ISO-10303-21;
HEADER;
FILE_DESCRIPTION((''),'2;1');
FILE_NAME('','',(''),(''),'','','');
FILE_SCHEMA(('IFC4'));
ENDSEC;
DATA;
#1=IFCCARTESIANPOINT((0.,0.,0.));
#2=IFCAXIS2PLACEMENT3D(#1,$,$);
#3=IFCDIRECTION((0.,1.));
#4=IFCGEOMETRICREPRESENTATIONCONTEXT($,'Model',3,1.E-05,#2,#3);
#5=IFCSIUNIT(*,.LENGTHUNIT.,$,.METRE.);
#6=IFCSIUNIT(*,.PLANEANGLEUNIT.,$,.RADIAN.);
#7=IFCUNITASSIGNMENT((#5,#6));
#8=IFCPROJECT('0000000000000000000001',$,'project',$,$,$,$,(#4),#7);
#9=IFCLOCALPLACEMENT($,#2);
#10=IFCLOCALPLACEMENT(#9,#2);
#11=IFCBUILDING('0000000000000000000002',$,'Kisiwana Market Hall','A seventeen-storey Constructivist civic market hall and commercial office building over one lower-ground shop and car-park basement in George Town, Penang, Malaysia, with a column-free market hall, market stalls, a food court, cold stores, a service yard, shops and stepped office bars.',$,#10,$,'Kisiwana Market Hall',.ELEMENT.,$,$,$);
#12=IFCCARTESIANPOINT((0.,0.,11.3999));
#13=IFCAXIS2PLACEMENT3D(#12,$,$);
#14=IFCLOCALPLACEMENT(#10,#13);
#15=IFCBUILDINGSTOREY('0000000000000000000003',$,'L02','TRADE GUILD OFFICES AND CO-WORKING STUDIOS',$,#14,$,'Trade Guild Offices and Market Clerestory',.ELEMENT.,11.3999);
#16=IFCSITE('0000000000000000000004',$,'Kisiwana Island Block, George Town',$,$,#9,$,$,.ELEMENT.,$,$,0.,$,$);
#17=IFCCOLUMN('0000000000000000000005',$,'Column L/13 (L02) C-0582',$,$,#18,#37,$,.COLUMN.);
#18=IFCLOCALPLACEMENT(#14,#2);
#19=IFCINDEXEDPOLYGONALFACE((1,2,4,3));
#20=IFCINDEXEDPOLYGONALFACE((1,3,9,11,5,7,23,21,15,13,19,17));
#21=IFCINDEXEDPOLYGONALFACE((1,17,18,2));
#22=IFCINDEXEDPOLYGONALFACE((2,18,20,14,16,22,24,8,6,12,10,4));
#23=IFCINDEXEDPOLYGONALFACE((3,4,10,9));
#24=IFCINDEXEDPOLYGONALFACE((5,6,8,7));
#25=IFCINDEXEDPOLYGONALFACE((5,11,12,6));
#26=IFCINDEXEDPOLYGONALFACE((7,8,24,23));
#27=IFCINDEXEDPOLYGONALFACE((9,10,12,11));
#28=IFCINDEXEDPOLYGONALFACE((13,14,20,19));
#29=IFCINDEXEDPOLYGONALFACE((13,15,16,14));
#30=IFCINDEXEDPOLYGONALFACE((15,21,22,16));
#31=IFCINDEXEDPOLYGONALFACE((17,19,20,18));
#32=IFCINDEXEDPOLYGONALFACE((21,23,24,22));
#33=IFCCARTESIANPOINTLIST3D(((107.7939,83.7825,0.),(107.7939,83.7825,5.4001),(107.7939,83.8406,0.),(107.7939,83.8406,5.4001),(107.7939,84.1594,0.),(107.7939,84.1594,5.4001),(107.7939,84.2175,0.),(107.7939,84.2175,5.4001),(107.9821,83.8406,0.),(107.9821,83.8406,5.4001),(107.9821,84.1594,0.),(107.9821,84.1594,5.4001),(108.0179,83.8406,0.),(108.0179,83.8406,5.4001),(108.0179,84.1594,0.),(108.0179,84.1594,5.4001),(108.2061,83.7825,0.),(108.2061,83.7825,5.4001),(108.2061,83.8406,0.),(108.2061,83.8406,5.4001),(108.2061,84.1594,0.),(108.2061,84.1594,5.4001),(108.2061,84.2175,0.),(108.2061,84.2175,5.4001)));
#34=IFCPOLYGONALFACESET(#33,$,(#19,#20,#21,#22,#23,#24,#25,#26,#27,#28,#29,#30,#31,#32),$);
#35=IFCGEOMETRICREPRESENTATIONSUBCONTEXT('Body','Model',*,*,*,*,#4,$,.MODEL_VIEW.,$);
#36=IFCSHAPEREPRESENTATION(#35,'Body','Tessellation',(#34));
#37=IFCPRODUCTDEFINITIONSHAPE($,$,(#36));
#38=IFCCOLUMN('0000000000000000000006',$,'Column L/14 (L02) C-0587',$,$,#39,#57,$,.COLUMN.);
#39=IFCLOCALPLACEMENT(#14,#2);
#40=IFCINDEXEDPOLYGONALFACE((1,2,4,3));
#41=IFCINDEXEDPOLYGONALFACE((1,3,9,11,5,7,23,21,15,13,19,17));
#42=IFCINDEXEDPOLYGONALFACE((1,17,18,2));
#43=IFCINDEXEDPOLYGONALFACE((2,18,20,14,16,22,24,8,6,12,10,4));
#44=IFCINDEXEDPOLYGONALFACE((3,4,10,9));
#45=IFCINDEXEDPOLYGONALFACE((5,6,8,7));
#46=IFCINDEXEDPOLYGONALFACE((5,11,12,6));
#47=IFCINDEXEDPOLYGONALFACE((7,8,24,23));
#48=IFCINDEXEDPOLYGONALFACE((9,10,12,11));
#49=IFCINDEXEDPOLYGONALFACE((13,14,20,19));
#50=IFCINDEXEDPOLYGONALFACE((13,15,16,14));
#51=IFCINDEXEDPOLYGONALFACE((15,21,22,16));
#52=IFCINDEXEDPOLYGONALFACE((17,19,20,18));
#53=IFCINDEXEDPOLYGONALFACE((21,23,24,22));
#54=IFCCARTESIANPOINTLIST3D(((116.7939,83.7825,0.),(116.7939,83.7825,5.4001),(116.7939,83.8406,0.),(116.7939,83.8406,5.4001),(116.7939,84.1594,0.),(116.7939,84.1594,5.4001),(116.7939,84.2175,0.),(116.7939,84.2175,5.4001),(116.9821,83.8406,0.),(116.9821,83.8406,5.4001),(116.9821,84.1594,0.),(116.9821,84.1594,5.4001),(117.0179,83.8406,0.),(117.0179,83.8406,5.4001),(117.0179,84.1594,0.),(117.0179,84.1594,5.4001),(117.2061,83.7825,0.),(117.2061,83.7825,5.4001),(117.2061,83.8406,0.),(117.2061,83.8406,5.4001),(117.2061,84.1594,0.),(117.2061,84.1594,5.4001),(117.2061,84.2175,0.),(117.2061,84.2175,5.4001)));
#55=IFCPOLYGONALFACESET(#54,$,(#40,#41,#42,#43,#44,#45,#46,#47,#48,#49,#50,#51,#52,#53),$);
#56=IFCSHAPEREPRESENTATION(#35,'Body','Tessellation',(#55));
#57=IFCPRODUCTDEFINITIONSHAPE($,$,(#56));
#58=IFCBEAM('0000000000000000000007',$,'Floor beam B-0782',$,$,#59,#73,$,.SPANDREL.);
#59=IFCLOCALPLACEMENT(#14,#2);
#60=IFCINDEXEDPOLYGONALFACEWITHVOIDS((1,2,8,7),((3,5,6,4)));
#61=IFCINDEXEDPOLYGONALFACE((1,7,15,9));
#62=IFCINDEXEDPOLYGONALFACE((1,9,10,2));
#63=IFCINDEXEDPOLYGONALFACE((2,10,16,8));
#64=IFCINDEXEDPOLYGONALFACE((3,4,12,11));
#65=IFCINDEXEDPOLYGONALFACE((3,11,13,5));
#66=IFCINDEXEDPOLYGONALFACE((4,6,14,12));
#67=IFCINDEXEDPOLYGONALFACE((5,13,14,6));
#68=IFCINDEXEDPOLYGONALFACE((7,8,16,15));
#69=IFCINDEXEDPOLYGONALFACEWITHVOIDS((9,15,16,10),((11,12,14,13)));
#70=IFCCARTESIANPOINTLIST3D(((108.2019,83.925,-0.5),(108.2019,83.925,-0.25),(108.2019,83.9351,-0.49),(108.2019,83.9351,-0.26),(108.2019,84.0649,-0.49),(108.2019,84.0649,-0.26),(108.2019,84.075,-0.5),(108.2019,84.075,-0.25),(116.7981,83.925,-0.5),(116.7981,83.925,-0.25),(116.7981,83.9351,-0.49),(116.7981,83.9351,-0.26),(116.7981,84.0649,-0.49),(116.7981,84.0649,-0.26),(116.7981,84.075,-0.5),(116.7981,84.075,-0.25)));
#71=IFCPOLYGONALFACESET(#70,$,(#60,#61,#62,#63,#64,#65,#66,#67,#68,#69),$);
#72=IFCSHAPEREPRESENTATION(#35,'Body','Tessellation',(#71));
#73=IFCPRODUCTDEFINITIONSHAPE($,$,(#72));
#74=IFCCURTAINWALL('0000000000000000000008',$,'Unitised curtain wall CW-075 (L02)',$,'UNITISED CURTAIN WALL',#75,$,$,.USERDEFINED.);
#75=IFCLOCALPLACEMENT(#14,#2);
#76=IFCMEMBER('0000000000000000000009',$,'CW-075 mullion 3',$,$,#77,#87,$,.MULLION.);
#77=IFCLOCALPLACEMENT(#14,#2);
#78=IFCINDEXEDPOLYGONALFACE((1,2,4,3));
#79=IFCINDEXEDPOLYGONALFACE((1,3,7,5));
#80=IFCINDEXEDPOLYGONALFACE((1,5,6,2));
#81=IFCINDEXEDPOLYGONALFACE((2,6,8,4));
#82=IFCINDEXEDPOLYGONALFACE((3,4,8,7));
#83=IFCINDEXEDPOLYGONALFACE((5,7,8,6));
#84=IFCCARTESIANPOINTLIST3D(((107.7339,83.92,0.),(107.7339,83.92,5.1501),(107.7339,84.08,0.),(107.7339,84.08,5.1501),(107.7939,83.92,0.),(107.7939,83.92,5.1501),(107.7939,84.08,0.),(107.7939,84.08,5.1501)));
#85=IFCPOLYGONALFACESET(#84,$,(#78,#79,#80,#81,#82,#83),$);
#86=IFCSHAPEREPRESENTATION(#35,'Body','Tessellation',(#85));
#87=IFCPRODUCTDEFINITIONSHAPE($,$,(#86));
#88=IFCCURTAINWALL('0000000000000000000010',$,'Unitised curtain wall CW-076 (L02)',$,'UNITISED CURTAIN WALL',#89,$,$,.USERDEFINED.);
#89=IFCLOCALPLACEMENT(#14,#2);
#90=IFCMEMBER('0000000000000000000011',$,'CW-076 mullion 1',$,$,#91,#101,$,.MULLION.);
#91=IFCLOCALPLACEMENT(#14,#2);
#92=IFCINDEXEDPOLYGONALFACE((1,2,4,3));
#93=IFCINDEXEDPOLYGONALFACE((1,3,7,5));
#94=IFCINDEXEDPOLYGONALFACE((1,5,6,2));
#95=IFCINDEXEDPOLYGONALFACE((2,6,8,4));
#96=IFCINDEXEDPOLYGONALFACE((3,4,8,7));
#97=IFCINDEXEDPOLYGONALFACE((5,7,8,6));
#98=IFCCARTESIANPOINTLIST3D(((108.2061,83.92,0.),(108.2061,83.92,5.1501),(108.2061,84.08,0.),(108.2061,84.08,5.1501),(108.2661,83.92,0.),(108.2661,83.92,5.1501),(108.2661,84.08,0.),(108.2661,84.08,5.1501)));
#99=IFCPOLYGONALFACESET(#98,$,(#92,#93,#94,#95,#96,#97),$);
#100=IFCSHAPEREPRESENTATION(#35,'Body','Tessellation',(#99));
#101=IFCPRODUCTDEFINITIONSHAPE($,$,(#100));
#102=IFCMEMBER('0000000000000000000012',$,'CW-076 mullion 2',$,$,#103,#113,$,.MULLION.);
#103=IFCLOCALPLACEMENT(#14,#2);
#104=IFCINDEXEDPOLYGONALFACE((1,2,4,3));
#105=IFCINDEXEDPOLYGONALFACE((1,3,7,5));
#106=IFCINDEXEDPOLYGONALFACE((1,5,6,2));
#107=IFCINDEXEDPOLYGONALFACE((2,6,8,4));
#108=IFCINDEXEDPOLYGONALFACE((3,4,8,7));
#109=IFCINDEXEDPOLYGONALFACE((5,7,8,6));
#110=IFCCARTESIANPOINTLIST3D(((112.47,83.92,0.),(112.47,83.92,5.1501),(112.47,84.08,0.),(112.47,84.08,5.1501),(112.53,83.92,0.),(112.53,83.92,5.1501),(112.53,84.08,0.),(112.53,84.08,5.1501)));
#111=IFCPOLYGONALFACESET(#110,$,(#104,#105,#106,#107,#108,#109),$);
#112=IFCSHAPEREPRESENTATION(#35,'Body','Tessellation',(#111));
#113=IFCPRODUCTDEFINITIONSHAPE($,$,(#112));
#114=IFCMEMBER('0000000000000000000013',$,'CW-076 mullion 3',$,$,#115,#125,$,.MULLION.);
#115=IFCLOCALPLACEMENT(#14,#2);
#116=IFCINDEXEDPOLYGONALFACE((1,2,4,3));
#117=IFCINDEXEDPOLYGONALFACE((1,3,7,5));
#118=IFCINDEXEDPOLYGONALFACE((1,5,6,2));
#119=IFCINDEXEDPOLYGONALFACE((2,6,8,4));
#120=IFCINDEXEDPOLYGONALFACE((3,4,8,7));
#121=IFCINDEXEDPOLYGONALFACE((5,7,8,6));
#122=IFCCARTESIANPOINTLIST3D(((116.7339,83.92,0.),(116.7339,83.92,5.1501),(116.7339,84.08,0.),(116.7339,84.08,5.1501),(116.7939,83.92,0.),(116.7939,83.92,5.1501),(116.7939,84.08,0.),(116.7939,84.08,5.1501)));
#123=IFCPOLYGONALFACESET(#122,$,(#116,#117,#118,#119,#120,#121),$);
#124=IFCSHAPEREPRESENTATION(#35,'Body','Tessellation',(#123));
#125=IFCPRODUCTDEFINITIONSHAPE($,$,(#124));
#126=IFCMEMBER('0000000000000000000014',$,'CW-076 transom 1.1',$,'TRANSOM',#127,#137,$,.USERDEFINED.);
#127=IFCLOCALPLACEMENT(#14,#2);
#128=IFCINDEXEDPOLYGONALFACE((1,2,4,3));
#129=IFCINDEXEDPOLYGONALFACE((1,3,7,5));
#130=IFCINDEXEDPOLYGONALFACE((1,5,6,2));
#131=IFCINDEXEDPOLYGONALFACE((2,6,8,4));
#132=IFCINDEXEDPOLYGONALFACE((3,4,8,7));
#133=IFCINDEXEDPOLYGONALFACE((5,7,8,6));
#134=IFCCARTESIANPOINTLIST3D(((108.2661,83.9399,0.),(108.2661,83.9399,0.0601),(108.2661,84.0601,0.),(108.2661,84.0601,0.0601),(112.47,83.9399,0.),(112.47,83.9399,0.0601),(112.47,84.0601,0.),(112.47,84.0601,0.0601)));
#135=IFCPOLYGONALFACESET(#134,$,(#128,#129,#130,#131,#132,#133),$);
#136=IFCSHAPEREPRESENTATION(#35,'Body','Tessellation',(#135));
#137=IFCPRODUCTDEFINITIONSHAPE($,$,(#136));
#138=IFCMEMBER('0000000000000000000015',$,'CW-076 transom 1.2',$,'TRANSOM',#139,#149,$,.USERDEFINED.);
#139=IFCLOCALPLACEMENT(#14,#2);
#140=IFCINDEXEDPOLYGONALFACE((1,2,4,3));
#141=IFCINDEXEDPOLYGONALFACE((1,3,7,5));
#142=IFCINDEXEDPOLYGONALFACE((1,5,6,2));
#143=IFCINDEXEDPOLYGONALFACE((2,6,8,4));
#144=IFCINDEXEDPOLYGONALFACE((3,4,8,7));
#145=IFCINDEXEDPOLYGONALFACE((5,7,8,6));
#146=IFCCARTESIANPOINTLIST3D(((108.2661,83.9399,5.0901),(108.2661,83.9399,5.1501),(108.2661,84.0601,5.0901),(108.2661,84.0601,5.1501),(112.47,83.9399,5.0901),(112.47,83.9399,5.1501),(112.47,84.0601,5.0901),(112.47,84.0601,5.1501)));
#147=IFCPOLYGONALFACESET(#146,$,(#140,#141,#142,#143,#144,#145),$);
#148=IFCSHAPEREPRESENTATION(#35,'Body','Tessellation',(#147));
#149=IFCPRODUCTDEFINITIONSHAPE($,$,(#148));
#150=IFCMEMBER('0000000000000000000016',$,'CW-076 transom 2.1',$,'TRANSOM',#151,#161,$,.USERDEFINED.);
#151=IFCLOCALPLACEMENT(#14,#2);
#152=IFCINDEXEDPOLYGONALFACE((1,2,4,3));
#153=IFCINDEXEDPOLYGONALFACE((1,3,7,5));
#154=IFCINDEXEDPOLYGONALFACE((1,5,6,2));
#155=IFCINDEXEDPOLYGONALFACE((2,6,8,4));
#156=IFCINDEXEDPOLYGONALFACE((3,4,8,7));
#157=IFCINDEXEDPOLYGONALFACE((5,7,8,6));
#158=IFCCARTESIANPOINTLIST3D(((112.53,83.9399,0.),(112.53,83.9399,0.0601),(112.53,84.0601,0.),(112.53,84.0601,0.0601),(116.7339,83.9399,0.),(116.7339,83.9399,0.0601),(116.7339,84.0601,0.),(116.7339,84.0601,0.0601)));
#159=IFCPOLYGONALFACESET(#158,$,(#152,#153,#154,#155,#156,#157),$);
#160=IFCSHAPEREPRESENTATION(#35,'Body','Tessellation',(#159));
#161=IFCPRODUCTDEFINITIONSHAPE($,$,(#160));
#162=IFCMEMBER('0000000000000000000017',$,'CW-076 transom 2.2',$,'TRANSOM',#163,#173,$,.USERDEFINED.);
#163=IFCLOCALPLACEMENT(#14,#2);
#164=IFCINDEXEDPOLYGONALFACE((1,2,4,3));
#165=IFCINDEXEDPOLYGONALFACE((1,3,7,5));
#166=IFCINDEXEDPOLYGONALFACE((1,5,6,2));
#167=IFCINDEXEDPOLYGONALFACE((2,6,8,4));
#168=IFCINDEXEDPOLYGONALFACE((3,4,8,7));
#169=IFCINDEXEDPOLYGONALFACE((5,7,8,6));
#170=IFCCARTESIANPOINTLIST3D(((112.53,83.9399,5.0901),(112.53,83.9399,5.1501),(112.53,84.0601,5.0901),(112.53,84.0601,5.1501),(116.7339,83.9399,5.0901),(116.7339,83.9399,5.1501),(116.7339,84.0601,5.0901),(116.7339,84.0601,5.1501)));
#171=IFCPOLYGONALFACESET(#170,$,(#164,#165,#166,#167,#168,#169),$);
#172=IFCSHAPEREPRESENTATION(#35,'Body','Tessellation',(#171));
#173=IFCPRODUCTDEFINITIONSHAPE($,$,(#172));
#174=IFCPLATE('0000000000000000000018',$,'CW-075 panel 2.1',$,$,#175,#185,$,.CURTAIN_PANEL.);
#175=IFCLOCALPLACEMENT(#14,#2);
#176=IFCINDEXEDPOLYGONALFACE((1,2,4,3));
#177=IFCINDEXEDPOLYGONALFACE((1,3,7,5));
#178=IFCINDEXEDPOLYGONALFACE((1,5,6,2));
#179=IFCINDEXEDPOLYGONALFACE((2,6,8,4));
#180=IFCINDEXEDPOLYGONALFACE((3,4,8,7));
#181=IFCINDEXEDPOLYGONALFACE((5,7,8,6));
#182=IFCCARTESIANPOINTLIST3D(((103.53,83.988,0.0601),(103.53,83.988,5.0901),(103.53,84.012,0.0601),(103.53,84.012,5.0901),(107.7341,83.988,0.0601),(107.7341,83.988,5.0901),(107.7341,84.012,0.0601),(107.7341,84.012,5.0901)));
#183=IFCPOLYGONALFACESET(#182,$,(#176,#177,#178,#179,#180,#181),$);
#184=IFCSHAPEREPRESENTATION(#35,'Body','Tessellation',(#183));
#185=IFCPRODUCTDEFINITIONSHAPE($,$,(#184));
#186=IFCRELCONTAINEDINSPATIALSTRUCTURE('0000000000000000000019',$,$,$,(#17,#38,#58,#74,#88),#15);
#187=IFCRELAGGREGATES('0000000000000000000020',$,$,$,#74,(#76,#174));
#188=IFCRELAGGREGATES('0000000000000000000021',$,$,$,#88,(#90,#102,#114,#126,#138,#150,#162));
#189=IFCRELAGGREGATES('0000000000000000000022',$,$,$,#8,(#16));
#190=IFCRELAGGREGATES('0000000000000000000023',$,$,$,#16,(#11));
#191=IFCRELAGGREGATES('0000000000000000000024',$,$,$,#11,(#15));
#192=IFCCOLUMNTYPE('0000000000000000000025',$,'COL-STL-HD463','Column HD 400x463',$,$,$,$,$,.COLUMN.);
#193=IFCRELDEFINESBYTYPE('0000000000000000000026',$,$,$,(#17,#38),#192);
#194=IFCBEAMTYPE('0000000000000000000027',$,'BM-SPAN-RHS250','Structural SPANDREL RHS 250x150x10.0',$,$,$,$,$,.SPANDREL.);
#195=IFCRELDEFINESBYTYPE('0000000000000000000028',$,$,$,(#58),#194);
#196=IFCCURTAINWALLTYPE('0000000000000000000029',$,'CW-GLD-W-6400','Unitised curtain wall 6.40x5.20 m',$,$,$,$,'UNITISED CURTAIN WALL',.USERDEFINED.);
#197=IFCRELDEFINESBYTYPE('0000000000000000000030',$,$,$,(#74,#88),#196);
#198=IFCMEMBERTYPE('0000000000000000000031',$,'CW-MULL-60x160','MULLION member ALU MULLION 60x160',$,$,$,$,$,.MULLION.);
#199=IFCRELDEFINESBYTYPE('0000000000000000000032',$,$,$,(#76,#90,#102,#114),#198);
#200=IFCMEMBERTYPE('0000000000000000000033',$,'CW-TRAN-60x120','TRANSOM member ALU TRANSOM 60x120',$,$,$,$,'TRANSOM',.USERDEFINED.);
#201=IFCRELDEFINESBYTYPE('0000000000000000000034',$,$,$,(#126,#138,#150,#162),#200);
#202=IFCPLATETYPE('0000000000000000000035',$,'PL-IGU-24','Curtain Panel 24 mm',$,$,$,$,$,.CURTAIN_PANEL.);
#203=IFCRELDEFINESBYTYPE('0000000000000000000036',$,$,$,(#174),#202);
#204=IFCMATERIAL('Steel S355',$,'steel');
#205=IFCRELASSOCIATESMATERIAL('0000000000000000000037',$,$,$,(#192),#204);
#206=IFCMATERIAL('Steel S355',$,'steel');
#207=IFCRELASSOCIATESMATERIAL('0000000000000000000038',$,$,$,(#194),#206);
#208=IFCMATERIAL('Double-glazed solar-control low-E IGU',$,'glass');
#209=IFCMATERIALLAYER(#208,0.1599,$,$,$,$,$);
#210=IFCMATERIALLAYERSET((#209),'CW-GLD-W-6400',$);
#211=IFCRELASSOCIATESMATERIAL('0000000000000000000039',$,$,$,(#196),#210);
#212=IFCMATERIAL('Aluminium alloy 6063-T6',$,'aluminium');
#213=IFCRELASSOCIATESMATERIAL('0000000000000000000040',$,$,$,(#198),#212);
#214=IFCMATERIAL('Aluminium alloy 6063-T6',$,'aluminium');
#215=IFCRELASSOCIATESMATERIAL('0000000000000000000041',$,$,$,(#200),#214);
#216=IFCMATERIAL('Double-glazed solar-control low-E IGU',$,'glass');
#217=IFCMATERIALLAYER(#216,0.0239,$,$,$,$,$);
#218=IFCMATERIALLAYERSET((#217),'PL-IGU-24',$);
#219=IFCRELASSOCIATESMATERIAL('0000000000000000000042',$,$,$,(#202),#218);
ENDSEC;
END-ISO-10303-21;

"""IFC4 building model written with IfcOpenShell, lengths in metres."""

from ifc_helpers import new_model, si_unit, direction, frame, origin, origin_2d, place, context, subcontext, project, spatial, rectangle, hollow_rectangle, i_section, extrude, material, layer, layer_set, material_profile, profile_set, type_object, element, aggregate, save


model = new_model("IFC4")

# Units and contexts
model_context = context("Model", 3, precision=1e-05, world=origin(), true_north=direction((0.0, 1.0)))
body_context = subcontext(model_context, "Body", "Model", "MODEL_VIEW")
ifc_project = project(units=[si_unit("LENGTHUNIT", "METRE"), si_unit("PLANEANGLEUNIT", "RADIAN")], contexts=[model_context])

# Site, building, storey
site_placement = place(None, origin())
site = spatial("IfcSite", under=ifc_project, at=site_placement, Name="Kisiwana Island Block, George Town", CompositionType="ELEMENT", RefElevation=0.0)
building_placement = place(site_placement, origin())
building = spatial("IfcBuilding", under=site, at=building_placement, Name="Kisiwana Market Hall", Description="A seventeen-storey Constructivist civic market hall and commercial office building over one lower-ground shop and car-park basement in George Town, Penang, Malaysia, with a column-free market hall, market stalls, a food court, cold stores, a service yard, shops and stepped office bars.", LongName="Kisiwana Market Hall", CompositionType="ELEMENT")
storey_placement = place(building_placement, frame((0.0, 0.0, 11.3999)))
storey = spatial("IfcBuildingStorey", under=building, at=storey_placement, Name="L02", Description="TRADE GUILD OFFICES AND CO-WORKING STUDIOS", LongName="Trade Guild Offices and Market Clerestory", CompositionType="ELEMENT", Elevation=11.3999)

# Columns
ifc_material_1 = material(Name="Steel S355", Category="steel")
ifc_material_profile_1 = material_profile(ifc_material_1, i_section(OverallWidth=0.4121, OverallDepth=0.4351, WebThickness=0.0359, FlangeThickness=0.0581, at=origin_2d()), Name="HD 400x463")
ifc_profile_set_1 = profile_set([ifc_material_profile_1], Name="Steel S355")
column_type = type_object("IfcColumnType", Name="COL-STL-HD463", Description="Column HD 400x463", PredefinedType="COLUMN", material=ifc_profile_set_1)
for number, where, z_axis, x_axis, name in (
    (1, (108.0, 84.0, 0.0), (0.0, 0.0, 1.0), (1.0, 0.0, 0.0), "Column L/13 (L02) C-0582"),
    (2, (117.0, 84.0, 0.0), (0.0, 0.0, 1.0), (1.0, 0.0, 0.0), "Column L/14 (L02) C-0587"),
):
    element("IfcColumn", number, at=place(storey_placement, frame(where, z_axis=z_axis, x_axis=x_axis)), inside=storey, type_object=column_type, Name=name, PredefinedType="COLUMN", context=body_context, shape_type="SweptSolid", body=[
        extrude(i_section(OverallWidth=0.4121, OverallDepth=0.4351, WebThickness=0.0359, FlangeThickness=0.0581, at=origin_2d()), origin(), (0.0, 0.0, 1.0), 5.4001),
    ])

# Beam
ifc_material_2 = material(Name="Steel S355", Category="steel")
ifc_material_profile_2 = material_profile(ifc_material_2, hollow_rectangle(XDim=0.1499, YDim=0.25, WallThickness=0.01, at=origin_2d()), Name="RHS 250x150x10.0")
ifc_profile_set_2 = profile_set([ifc_material_profile_2], Name="Steel S355")
beam_type = type_object("IfcBeamType", Name="BM-SPAN-RHS250", Description="Structural SPANDREL RHS 250x150x10.0", PredefinedType="SPANDREL", material=ifc_profile_set_2)
beam_placement = place(storey_placement, frame((108.2019, 84.0, -0.375), z_axis=(1.0, 0.0, 0.0), x_axis=(0.0, 1.0, 0.0)))
element("IfcBeam", 3, at=beam_placement, inside=storey, type_object=beam_type, Name="Floor beam B-0782", PredefinedType="SPANDREL", context=body_context, shape_type="SweptSolid", body=[
    extrude(hollow_rectangle(XDim=0.1499, YDim=0.25, WallThickness=0.01, at=origin_2d()), origin(), (0.0, 0.0, 1.0), 8.5962),
])

# Curtain wall, member
ifc_material_3 = material(Name="Double-glazed solar-control low-E IGU", Category="glass")
ifc_layer_1 = layer(ifc_material_3, 0.1599)
ifc_layer_set_1 = layer_set([ifc_layer_1], Name="CW-GLD-W-6400")
curtain_wall_type = type_object("IfcCurtainWallType", Name="CW-GLD-W-6400", Description="Unitised curtain wall 6.40x5.20 m", ElementType="UNITISED CURTAIN WALL", PredefinedType="USERDEFINED", material=ifc_layer_set_1)
curtain_wall_1_placement = place(storey_placement, origin())
curtain_wall_1 = element("IfcCurtainWall", 4, at=curtain_wall_1_placement, inside=storey, type_object=curtain_wall_type, Name="Unitised curtain wall CW-075 (L02)", ObjectType="UNITISED CURTAIN WALL", PredefinedType="USERDEFINED")
ifc_material_4 = material(Name="Aluminium alloy 6063-T6", Category="aluminium")
ifc_material_profile_3 = material_profile(ifc_material_4, rectangle(XDim=0.0601, YDim=0.1599, at=origin_2d()), Name="ALU MULLION 60x160")
ifc_profile_set_3 = profile_set([ifc_material_profile_3], Name="Aluminium alloy 6063-T6")
member_type_1 = type_object("IfcMemberType", Name="CW-MULL-60x160", Description="MULLION member ALU MULLION 60x160", PredefinedType="MULLION", material=ifc_profile_set_3)
member_1_placement = place(storey_placement, frame((107.7639, 84.0, 0.0), z_axis=(0.0, 0.0, 1.0), x_axis=(1.0, 0.0, 0.0)))
member_1 = element("IfcMember", 5, at=member_1_placement, type_object=member_type_1, Name="CW-075 mullion 3", PredefinedType="MULLION", context=body_context, shape_type="SweptSolid", body=[
    extrude(rectangle(XDim=0.0601, YDim=0.1599, at=origin_2d()), origin(), (0.0, 0.0, 1.0), 5.1501),
])

# Curtain wall, members
curtain_wall_2_placement = place(storey_placement, origin())
curtain_wall_2 = element("IfcCurtainWall", 6, at=curtain_wall_2_placement, inside=storey, type_object=curtain_wall_type, Name="Unitised curtain wall CW-076 (L02)", ObjectType="UNITISED CURTAIN WALL", PredefinedType="USERDEFINED")
member_2_placement = place(storey_placement, frame((108.2361, 84.0, 0.0), z_axis=(0.0, 0.0, 1.0), x_axis=(1.0, 0.0, 0.0)))
member_2 = element("IfcMember", 7, at=member_2_placement, type_object=member_type_1, Name="CW-076 mullion 1", PredefinedType="MULLION", context=body_context, shape_type="SweptSolid", body=[
    extrude(rectangle(XDim=0.0601, YDim=0.1599, at=origin_2d()), origin(), (0.0, 0.0, 1.0), 5.1501),
])
member_3_placement = place(storey_placement, frame((112.5, 84.0, 0.0), z_axis=(0.0, 0.0, 1.0), x_axis=(1.0, 0.0, 0.0)))
member_3 = element("IfcMember", 8, at=member_3_placement, type_object=member_type_1, Name="CW-076 mullion 2", PredefinedType="MULLION", context=body_context, shape_type="SweptSolid", body=[
    extrude(rectangle(XDim=0.0601, YDim=0.1599, at=origin_2d()), origin(), (0.0, 0.0, 1.0), 5.1501),
])
member_4_placement = place(storey_placement, frame((116.7639, 84.0, 0.0), z_axis=(0.0, 0.0, 1.0), x_axis=(1.0, 0.0, 0.0)))
member_4 = element("IfcMember", 9, at=member_4_placement, type_object=member_type_1, Name="CW-076 mullion 3", PredefinedType="MULLION", context=body_context, shape_type="SweptSolid", body=[
    extrude(rectangle(XDim=0.0601, YDim=0.1599, at=origin_2d()), origin(), (0.0, 0.0, 1.0), 5.1501),
])
ifc_material_5 = material(Name="Aluminium alloy 6063-T6", Category="aluminium")
ifc_material_profile_4 = material_profile(ifc_material_5, rectangle(XDim=0.1201, YDim=0.0601, at=origin_2d()), Name="ALU TRANSOM 60x120")
ifc_profile_set_4 = profile_set([ifc_material_profile_4], Name="Aluminium alloy 6063-T6")
member_type_2 = type_object("IfcMemberType", Name="CW-TRAN-60x120", Description="TRANSOM member ALU TRANSOM 60x120", ElementType="TRANSOM", PredefinedType="USERDEFINED", material=ifc_profile_set_4)
member_5_placement = place(storey_placement, frame((108.2661, 84.0, 0.03), z_axis=(1.0, 0.0, 0.0), x_axis=(0.0, 1.0, 0.0)))
member_5 = element("IfcMember", 10, at=member_5_placement, type_object=member_type_2, Name="CW-076 transom 1.1", ObjectType="TRANSOM", PredefinedType="USERDEFINED", context=body_context, shape_type="SweptSolid", body=[
    extrude(rectangle(XDim=0.1201, YDim=0.0601, at=origin_2d()), origin(), (0.0, 0.0, 1.0), 4.2039),
])
member_6_placement = place(storey_placement, frame((108.2661, 84.0, 5.1201), z_axis=(1.0, 0.0, 0.0), x_axis=(0.0, 1.0, 0.0)))
member_6 = element("IfcMember", 11, at=member_6_placement, type_object=member_type_2, Name="CW-076 transom 1.2", ObjectType="TRANSOM", PredefinedType="USERDEFINED", context=body_context, shape_type="SweptSolid", body=[
    extrude(rectangle(XDim=0.1201, YDim=0.0601, at=origin_2d()), origin(), (0.0, 0.0, 1.0), 4.2039),
])
member_7_placement = place(storey_placement, frame((112.53, 84.0, 0.03), z_axis=(1.0, 0.0, 0.0), x_axis=(0.0, 1.0, 0.0)))
member_7 = element("IfcMember", 12, at=member_7_placement, type_object=member_type_2, Name="CW-076 transom 2.1", ObjectType="TRANSOM", PredefinedType="USERDEFINED", context=body_context, shape_type="SweptSolid", body=[
    extrude(rectangle(XDim=0.1201, YDim=0.0601, at=origin_2d()), origin(), (0.0, 0.0, 1.0), 4.2039),
])
member_8_placement = place(storey_placement, frame((112.53, 84.0, 5.1201), z_axis=(1.0, 0.0, 0.0), x_axis=(0.0, 1.0, 0.0)))
member_8 = element("IfcMember", 13, at=member_8_placement, type_object=member_type_2, Name="CW-076 transom 2.2", ObjectType="TRANSOM", PredefinedType="USERDEFINED", context=body_context, shape_type="SweptSolid", body=[
    extrude(rectangle(XDim=0.1201, YDim=0.0601, at=origin_2d()), origin(), (0.0, 0.0, 1.0), 4.2039),
])

# Plate
ifc_material_6 = material(Name="Double-glazed solar-control low-E IGU", Category="glass")
ifc_layer_2 = layer(ifc_material_6, 0.0239)
ifc_layer_set_2 = layer_set([ifc_layer_2], Name="PL-IGU-24")
plate_type_1 = type_object("IfcPlateType", Name="PL-IGU-24", Description="Curtain Panel 24 mm", PredefinedType="CURTAIN_PANEL", material=ifc_layer_set_2)
plate_1_placement = place(storey_placement, frame((105.6321, 84.0, 0.0601), z_axis=(0.0, 0.0, 1.0), x_axis=(1.0, 0.0, 0.0)))
plate_1 = element("IfcPlate", 14, at=plate_1_placement, type_object=plate_type_1, Name="CW-075 panel 2.1", PredefinedType="CURTAIN_PANEL", context=body_context, shape_type="SweptSolid", body=[
    extrude(rectangle(XDim=4.2041, YDim=0.0239, at=origin_2d()), origin(), (0.0, 0.0, 1.0), 5.03),
])
aggregate(curtain_wall_1, [member_1, plate_1])
aggregate(curtain_wall_2, [member_2, member_3, member_4, member_5, member_6, member_7, member_8])

save(model, "model.ifc")
